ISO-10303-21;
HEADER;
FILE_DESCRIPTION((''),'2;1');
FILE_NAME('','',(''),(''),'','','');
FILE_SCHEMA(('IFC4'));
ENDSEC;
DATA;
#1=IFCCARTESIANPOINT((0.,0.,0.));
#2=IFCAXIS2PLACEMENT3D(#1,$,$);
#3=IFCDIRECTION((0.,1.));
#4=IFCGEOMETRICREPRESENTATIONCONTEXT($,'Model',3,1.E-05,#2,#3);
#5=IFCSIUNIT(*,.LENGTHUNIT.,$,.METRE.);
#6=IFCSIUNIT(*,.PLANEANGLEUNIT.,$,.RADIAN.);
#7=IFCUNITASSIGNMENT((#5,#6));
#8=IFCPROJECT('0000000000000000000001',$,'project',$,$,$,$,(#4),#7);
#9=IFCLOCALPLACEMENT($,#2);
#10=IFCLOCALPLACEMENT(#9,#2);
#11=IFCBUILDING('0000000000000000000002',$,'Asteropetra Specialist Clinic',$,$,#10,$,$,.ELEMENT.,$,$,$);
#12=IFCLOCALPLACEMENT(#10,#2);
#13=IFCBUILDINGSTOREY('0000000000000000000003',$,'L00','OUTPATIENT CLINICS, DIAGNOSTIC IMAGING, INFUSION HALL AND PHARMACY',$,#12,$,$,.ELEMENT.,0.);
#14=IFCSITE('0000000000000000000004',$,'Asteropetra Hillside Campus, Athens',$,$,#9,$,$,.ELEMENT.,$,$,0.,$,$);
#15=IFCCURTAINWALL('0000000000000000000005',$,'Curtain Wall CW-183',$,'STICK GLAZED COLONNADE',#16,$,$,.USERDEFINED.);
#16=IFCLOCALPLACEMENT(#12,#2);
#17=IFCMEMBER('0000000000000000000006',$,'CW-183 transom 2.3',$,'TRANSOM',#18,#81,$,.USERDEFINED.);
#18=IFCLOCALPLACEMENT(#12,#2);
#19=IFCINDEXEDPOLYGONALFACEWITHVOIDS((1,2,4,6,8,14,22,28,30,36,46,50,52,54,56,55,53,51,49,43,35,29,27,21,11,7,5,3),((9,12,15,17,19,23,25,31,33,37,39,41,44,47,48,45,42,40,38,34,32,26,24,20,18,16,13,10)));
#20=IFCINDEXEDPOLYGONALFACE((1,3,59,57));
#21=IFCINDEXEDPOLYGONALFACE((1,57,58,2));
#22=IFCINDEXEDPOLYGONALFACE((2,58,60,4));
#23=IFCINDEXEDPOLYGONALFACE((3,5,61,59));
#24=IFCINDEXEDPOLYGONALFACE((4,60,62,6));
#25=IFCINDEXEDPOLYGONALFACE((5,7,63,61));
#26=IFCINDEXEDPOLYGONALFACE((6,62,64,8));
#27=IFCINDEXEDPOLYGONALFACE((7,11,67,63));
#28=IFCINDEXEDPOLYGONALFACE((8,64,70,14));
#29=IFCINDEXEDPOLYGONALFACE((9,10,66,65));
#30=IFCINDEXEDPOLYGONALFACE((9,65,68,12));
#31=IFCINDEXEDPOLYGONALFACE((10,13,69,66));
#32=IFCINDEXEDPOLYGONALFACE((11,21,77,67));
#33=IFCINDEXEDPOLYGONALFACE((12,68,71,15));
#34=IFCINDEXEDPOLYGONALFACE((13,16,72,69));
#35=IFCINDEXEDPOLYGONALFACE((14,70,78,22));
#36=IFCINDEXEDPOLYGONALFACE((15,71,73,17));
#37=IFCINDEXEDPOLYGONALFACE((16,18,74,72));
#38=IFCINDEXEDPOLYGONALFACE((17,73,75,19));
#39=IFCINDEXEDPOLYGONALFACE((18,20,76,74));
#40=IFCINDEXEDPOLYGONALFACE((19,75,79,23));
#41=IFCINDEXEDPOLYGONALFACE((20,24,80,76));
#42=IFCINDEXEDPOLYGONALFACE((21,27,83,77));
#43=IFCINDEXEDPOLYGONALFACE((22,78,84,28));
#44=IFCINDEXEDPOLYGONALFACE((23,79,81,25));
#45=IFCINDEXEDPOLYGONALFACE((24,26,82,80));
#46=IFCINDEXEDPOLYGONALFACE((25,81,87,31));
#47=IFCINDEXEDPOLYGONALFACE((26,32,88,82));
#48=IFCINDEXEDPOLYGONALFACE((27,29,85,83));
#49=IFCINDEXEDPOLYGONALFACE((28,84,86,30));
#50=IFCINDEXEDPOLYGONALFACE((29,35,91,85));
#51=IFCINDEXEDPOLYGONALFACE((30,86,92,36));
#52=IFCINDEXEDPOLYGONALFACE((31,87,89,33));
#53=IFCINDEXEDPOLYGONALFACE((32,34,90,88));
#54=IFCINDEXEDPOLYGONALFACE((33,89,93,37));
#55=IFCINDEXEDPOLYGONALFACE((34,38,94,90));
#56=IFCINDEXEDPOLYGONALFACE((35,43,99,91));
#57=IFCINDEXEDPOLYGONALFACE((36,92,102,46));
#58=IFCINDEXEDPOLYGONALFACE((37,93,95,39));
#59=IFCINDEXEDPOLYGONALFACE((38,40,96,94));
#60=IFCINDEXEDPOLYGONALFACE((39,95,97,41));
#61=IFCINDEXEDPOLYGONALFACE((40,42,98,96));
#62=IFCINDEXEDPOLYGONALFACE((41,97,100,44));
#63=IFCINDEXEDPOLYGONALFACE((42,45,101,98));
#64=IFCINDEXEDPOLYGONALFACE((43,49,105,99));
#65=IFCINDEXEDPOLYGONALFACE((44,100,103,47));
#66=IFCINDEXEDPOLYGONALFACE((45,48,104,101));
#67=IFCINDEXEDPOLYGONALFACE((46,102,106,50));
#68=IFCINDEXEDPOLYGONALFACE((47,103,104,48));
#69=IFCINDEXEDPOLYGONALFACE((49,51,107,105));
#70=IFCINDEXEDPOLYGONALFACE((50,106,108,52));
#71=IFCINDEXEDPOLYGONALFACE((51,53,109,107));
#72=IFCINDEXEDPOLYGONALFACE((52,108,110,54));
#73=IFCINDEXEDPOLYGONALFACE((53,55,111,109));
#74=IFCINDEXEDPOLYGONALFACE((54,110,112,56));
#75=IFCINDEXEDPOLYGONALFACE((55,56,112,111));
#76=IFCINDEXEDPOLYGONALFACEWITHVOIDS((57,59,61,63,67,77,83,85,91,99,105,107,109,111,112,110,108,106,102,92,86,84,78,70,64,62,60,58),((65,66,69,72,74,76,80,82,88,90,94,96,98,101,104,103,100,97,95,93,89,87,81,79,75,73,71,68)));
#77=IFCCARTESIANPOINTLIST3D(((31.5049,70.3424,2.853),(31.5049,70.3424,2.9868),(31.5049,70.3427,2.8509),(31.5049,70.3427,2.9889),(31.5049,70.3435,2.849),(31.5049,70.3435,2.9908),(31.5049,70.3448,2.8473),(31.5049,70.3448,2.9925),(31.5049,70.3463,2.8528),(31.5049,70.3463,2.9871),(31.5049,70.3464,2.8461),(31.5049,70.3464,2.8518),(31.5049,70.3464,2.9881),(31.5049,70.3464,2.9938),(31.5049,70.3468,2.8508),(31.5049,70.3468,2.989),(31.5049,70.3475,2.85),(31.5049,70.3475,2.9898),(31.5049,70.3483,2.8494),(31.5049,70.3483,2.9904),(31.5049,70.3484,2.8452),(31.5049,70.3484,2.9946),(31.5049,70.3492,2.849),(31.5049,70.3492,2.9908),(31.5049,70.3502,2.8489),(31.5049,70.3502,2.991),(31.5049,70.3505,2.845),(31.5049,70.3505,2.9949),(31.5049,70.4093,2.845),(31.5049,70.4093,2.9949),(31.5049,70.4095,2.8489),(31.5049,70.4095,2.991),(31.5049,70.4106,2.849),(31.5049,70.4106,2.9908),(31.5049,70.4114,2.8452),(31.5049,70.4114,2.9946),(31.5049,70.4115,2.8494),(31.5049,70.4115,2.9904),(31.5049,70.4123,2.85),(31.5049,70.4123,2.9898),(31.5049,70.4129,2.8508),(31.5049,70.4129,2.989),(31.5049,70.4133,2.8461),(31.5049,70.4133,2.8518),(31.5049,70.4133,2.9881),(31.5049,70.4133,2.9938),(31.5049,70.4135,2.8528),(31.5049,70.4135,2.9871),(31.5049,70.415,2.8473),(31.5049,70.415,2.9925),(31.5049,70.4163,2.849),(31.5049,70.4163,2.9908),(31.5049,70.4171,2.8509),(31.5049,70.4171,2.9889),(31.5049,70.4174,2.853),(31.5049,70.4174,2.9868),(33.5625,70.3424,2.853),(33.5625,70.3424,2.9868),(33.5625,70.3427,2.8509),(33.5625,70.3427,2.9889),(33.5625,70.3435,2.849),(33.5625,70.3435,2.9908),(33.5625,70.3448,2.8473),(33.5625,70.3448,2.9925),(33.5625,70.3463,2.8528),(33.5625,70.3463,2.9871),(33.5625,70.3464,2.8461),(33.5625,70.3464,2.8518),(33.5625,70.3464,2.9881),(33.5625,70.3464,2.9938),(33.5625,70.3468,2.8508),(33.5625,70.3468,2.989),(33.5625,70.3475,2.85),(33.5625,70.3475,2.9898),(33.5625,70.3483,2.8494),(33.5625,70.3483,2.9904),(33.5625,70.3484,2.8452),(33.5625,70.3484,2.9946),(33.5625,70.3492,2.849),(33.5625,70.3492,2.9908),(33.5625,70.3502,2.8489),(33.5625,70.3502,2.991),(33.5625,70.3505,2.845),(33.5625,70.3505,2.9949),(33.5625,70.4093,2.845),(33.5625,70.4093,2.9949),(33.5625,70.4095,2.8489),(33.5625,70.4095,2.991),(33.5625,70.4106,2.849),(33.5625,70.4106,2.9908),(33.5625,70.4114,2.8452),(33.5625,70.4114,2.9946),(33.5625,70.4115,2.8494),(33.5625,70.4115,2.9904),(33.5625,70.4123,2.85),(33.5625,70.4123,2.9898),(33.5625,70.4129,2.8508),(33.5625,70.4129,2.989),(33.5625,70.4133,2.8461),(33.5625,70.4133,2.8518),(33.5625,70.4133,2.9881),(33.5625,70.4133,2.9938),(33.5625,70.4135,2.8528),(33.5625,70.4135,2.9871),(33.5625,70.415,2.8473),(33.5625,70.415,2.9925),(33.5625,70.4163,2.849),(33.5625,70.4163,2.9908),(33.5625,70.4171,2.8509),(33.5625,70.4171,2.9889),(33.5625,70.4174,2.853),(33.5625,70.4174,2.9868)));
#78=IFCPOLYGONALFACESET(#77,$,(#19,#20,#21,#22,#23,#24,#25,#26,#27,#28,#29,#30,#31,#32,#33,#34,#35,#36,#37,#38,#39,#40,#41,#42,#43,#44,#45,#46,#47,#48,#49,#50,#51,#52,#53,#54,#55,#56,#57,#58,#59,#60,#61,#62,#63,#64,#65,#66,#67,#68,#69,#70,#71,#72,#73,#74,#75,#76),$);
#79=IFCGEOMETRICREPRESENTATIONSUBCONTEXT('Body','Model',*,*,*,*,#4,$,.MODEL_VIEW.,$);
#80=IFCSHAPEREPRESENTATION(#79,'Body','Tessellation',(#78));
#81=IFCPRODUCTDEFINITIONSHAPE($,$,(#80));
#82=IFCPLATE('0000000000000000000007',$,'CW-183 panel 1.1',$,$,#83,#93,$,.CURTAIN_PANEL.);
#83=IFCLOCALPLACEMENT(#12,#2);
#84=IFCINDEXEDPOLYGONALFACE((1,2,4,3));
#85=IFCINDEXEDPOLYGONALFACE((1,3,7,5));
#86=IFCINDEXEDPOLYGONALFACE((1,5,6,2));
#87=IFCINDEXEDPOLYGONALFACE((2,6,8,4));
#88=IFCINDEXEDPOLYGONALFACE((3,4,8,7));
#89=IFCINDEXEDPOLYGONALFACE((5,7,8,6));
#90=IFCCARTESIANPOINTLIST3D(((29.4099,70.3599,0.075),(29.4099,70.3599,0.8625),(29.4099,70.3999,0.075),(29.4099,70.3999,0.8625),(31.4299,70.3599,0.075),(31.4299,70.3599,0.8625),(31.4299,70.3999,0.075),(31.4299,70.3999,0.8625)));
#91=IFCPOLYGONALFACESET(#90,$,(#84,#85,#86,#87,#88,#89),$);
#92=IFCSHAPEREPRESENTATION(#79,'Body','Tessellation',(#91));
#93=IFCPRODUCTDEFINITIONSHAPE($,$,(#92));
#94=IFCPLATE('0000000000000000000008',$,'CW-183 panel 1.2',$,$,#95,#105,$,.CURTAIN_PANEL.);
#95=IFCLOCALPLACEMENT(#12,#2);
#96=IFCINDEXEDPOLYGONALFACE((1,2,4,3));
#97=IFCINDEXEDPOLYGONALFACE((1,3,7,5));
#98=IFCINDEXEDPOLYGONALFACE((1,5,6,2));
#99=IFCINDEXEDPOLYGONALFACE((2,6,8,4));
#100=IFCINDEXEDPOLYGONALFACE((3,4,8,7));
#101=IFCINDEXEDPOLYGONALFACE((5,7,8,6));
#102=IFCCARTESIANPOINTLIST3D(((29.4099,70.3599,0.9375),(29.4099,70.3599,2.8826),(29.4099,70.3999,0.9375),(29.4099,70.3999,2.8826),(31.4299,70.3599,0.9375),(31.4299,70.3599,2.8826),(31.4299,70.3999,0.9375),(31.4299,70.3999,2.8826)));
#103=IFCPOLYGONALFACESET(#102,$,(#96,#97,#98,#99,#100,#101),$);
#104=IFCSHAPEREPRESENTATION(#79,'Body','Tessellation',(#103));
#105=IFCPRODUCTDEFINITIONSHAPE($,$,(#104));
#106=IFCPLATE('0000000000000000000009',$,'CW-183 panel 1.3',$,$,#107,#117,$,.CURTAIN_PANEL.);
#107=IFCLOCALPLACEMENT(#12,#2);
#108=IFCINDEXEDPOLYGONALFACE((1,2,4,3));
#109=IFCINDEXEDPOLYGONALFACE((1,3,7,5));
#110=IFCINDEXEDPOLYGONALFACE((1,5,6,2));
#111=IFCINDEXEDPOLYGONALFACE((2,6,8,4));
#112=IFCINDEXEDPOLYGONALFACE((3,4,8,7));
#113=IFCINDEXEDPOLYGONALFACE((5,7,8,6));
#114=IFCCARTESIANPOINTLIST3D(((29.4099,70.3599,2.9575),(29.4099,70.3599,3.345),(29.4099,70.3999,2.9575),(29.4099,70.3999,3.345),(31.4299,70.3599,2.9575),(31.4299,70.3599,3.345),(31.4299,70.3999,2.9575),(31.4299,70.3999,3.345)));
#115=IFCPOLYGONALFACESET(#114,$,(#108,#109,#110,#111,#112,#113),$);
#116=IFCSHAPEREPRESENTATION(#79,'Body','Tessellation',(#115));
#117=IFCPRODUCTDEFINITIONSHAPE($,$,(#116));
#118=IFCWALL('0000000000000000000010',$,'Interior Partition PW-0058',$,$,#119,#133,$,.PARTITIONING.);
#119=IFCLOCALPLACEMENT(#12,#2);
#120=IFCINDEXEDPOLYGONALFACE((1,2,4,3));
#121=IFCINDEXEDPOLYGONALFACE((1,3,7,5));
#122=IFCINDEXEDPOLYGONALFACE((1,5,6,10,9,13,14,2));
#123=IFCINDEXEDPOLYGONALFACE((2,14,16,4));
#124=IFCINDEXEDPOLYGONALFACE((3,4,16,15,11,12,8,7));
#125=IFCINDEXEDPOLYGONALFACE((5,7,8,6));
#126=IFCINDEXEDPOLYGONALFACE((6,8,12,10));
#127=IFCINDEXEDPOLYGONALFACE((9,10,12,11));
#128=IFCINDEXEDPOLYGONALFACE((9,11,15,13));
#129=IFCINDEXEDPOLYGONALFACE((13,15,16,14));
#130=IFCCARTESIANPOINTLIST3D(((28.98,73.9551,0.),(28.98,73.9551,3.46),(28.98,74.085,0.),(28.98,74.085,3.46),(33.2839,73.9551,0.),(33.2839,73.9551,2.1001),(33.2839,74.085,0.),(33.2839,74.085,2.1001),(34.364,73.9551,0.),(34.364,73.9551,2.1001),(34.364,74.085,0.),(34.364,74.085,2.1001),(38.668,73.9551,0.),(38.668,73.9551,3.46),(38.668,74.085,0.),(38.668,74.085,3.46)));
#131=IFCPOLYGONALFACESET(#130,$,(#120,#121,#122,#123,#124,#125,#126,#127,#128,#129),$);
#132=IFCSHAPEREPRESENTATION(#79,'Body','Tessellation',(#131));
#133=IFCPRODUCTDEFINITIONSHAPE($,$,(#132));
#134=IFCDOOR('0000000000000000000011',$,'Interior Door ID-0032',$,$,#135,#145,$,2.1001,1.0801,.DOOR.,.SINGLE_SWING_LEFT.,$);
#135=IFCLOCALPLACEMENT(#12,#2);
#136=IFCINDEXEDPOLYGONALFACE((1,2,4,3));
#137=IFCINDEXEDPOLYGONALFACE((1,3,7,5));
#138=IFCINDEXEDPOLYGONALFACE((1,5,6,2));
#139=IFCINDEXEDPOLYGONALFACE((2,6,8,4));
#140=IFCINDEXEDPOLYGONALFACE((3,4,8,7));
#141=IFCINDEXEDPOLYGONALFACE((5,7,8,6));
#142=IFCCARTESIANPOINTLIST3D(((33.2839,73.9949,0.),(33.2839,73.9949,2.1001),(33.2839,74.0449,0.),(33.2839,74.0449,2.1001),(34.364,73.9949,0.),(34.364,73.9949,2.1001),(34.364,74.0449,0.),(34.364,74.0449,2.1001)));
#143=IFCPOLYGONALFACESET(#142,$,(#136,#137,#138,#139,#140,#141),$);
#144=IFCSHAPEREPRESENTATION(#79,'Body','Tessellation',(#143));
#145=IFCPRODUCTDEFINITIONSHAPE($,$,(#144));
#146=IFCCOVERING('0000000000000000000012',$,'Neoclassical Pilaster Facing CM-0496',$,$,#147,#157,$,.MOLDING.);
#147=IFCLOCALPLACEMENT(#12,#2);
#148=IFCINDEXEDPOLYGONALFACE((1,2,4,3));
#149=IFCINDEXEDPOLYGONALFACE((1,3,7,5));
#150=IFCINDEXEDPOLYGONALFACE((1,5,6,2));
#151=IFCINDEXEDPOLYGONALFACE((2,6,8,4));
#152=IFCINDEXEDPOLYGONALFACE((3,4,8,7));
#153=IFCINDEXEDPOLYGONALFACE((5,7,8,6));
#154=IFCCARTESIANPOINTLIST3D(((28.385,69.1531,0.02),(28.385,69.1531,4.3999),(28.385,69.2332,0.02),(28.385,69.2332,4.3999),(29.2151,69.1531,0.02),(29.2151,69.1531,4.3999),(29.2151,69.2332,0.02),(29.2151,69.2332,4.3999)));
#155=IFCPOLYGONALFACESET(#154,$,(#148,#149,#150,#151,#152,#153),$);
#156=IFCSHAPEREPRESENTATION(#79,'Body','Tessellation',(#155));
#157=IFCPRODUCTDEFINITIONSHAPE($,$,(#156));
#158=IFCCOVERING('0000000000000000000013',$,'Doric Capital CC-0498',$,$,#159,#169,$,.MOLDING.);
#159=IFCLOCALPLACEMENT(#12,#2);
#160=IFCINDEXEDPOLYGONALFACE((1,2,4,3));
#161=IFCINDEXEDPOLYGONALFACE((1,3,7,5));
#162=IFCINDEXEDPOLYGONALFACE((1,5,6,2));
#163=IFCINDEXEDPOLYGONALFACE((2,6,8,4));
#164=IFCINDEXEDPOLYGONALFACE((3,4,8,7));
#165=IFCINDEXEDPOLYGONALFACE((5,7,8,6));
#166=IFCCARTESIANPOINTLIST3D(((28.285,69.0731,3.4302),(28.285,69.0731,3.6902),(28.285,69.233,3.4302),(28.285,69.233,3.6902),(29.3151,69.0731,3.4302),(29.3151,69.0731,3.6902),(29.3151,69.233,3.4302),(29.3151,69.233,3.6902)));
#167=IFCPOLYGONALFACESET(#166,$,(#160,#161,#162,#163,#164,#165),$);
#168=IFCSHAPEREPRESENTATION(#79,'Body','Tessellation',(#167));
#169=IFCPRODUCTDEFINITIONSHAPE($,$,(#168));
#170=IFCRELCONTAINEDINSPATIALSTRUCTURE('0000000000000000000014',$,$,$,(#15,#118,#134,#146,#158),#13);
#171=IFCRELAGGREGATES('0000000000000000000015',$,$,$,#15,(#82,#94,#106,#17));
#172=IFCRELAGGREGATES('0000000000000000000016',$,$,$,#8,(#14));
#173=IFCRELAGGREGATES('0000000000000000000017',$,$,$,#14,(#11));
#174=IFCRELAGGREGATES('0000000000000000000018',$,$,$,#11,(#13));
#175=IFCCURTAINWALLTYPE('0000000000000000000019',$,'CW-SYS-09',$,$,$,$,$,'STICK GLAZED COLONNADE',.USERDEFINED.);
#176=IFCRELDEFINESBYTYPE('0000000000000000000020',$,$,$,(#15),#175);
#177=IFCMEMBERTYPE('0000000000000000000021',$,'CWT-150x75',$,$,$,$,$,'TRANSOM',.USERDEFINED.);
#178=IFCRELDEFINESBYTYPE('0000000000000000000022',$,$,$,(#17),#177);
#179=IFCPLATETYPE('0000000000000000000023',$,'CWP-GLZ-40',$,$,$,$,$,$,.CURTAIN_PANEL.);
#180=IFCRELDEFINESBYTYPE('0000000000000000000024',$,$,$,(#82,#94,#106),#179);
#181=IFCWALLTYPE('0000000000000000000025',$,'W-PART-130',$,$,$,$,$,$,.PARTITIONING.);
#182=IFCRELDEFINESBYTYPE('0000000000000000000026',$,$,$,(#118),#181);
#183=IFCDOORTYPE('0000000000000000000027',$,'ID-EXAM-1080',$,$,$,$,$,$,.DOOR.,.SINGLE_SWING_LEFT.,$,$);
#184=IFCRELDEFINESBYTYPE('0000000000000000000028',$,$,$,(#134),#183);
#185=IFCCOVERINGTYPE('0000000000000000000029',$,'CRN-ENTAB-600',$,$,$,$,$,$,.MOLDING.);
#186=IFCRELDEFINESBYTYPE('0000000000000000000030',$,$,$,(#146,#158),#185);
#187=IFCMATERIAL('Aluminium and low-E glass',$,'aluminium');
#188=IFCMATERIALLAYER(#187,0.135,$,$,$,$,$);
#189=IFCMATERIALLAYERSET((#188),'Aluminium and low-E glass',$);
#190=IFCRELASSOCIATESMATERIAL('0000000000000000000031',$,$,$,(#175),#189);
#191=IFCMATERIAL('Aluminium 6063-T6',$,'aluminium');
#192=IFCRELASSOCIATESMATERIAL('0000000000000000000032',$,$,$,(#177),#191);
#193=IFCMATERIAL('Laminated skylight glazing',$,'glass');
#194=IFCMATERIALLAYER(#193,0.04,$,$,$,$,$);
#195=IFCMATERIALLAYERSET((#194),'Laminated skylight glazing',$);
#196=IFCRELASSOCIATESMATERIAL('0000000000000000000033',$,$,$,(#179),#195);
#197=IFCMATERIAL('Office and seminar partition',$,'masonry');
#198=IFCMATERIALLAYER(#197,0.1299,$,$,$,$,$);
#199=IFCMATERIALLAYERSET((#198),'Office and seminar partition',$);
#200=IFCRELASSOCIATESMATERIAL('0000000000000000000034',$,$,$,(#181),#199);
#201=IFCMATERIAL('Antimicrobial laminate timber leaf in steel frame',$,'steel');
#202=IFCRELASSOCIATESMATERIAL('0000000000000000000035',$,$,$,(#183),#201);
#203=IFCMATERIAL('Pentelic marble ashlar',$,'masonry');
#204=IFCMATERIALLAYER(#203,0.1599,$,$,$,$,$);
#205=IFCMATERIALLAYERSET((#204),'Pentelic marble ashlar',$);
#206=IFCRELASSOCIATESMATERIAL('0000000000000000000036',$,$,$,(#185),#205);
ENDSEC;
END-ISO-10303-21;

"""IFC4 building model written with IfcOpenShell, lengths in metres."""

from ifc_helpers import new_model, si_unit, direction, frame, frame_2d, origin, origin_2d, place, context, subcontext, project, spatial, rectangle, hollow_rectangle, extrude, material, layer, layer_set, material_profile, profile_set, type_object, element, fill, aggregate, save


model = new_model("IFC4")

# Units and contexts
model_context = context("Model", 3, precision=1e-05, world=origin(), true_north=direction((0.0, 1.0)))
body_context = subcontext(model_context, "Body", "Model", "MODEL_VIEW")
ifc_project = project(units=[si_unit("LENGTHUNIT", "METRE"), si_unit("PLANEANGLEUNIT", "RADIAN")], contexts=[model_context])

# Site, building, storey
site_placement = place(None, origin())
site = spatial("IfcSite", under=ifc_project, at=site_placement, Name="Asteropetra Hillside Campus, Athens", CompositionType="ELEMENT", RefElevation=0.0)
building_placement = place(site_placement, origin())
building = spatial("IfcBuilding", under=site, at=building_placement, Name="Asteropetra Specialist Clinic", CompositionType="ELEMENT")
storey_placement = place(building_placement, origin())
storey = spatial("IfcBuildingStorey", under=building, at=storey_placement, Name="L00", Description="OUTPATIENT CLINICS, DIAGNOSTIC IMAGING, INFUSION HALL AND PHARMACY", CompositionType="ELEMENT", Elevation=0.0)

# Curtain wall, member, plates
ifc_material_1 = material(Name="Aluminium and low-E glass", Category="aluminium")
ifc_layer_1 = layer(ifc_material_1, 0.135)
ifc_layer_set_1 = layer_set([ifc_layer_1], Name="Aluminium and low-E glass")
curtain_wall_type = type_object("IfcCurtainWallType", Name="CW-SYS-09", ElementType="STICK GLAZED COLONNADE", PredefinedType="USERDEFINED", material=ifc_layer_set_1)
curtain_wall_placement = place(storey_placement, origin())
curtain_wall = element("IfcCurtainWall", 1, at=curtain_wall_placement, inside=storey, type_object=curtain_wall_type, Name="Curtain Wall CW-183", ObjectType="STICK GLAZED COLONNADE", PredefinedType="USERDEFINED")
ifc_material_2 = material(Name="Aluminium 6063-T6", Category="aluminium")
ifc_material_profile_1 = material_profile(ifc_material_2, hollow_rectangle(XDim=0.075, YDim=0.1499, WallThickness=0.0039, InnerFilletRadius=0.0039, OuterFilletRadius=0.0081, at=origin_2d()), Name="TRN 150x75x4.0")
ifc_profile_set_1 = profile_set([ifc_material_profile_1], Name="Aluminium 6063-T6")
member_type_1 = type_object("IfcMemberType", Name="CWT-150x75", ElementType="TRANSOM", PredefinedType="USERDEFINED", material=ifc_profile_set_1)
member_1_placement = place(storey_placement, frame((31.5049, 70.3799, 2.9199), z_axis=(1.0, 0.0, 0.0), x_axis=(0.0, 1.0, 0.0)))
member_1 = element("IfcMember", 2, at=member_1_placement, type_object=member_type_1, Name="CW-183 transom 2.3", ObjectType="TRANSOM", PredefinedType="USERDEFINED", context=body_context, shape_type="SweptSolid", body=[
    extrude(hollow_rectangle(XDim=0.075, YDim=0.1499, WallThickness=0.0039, InnerFilletRadius=0.0039, OuterFilletRadius=0.0081, at=origin_2d()), origin(), (0.0, 0.0, 1.0), 2.0576),
])
ifc_material_3 = material(Name="Laminated skylight glazing", Category="glass")
ifc_layer_2 = layer(ifc_material_3, 0.04)
ifc_layer_set_2 = layer_set([ifc_layer_2], Name="Laminated skylight glazing")
plate_type = type_object("IfcPlateType", Name="CWP-GLZ-40", PredefinedType="CURTAIN_PANEL", material=ifc_layer_set_2)
plate_1_placement = place(storey_placement, frame((30.4199, 70.3799, 0.075), z_axis=(0.0, 0.0, 1.0), x_axis=(1.0, 0.0, 0.0)))
plate_1 = element("IfcPlate", 3, at=plate_1_placement, type_object=plate_type, Name="CW-183 panel 1.1", PredefinedType="CURTAIN_PANEL", context=body_context, shape_type="SweptSolid", body=[
    extrude(rectangle(XDim=2.02, YDim=0.04, at=origin_2d()), origin(), (0.0, 0.0, 1.0), 0.7876),
])
plate_2_placement = place(storey_placement, frame((30.4199, 70.3799, 0.9375), z_axis=(0.0, 0.0, 1.0), x_axis=(1.0, 0.0, 0.0)))
plate_2 = element("IfcPlate", 4, at=plate_2_placement, type_object=plate_type, Name="CW-183 panel 1.2", PredefinedType="CURTAIN_PANEL", context=body_context, shape_type="SweptSolid", body=[
    extrude(rectangle(XDim=2.02, YDim=0.04, at=origin_2d()), origin(), (0.0, 0.0, 1.0), 1.9451),
])
plate_3_placement = place(storey_placement, frame((30.4199, 70.3799, 2.9575), z_axis=(0.0, 0.0, 1.0), x_axis=(1.0, 0.0, 0.0)))
plate_3 = element("IfcPlate", 5, at=plate_3_placement, type_object=plate_type, Name="CW-183 panel 1.3", PredefinedType="CURTAIN_PANEL", context=body_context, shape_type="SweptSolid", body=[
    extrude(rectangle(XDim=2.02, YDim=0.04, at=origin_2d()), origin(), (0.0, 0.0, 1.0), 0.3875),
])
aggregate(curtain_wall, [plate_1, plate_2, plate_3, member_1])

# Wall, opening, door
ifc_material_4 = material(Name="Office and seminar partition", Category="masonry")
ifc_layer_3 = layer(ifc_material_4, 0.1299)
ifc_layer_set_3 = layer_set([ifc_layer_3], Name="Office and seminar partition")
wall_type = type_object("IfcWallType", Name="W-PART-130", PredefinedType="PARTITIONING", material=ifc_layer_set_3)
wall_placement = place(storey_placement, frame((28.98, 74.02, 0.0), z_axis=(0.0, 0.0, 1.0), x_axis=(1.0, 0.0, 0.0)))
wall = element("IfcWall", 6, at=wall_placement, inside=storey, type_object=wall_type, Name="Interior Partition PW-0058", PredefinedType="PARTITIONING", context=body_context, shape_type="SweptSolid", body=[
    extrude(rectangle(XDim=9.688, YDim=0.1299, at=frame_2d((4.844, 0.0))), origin(), (0.0, 0.0, 1.0), 3.46),
])
opening_placement = place(wall_placement, frame((4.304, 0.0, 0.0)))
opening = element("IfcOpeningElement", 7, at=opening_placement, cuts=wall, PredefinedType="OPENING", context=body_context, shape_type="SweptSolid", body=[
    extrude(rectangle(XDim=1.0801, YDim=2.1001, at=frame_2d((0.54, 1.05))), frame((0.0, 0.075, 0.0), z_axis=(0.0, -1.0, 0.0), x_axis=(1.0, 0.0, 0.0)), (0.0, 0.0, 1.0), 0.1499),
])
ifc_material_5 = material(Name="Antimicrobial laminate timber leaf in steel frame", Category="steel")
door_type = type_object("IfcDoorType", Name="ID-EXAM-1080", OperationType="SINGLE_SWING_LEFT", PredefinedType="DOOR", material=ifc_material_5)
door_placement = place(opening_placement, origin())
door = element("IfcDoor", 8, at=door_placement, inside=storey, type_object=door_type, Name="Interior Door ID-0032", OperationType="SINGLE_SWING_LEFT", OverallHeight=2.1001, OverallWidth=1.0801, PredefinedType="DOOR", context=body_context, shape_type="SweptSolid", body=[
    extrude(rectangle(XDim=1.0801, YDim=2.1001, at=frame_2d((0.54, 1.05))), frame((0.0, 0.0249, 0.0), z_axis=(0.0, -1.0, 0.0), x_axis=(1.0, 0.0, 0.0)), (0.0, 0.0, 1.0), 0.05),
])
fill(opening, door)

# Coverings
ifc_material_6 = material(Name="Pentelic marble ashlar", Category="masonry")
ifc_layer_4 = layer(ifc_material_6, 0.1599)
ifc_layer_set_4 = layer_set([ifc_layer_4], Name="Pentelic marble ashlar")
covering_type = type_object("IfcCoveringType", Name="CRN-ENTAB-600", PredefinedType="MOLDING", material=ifc_layer_set_4)
covering_1_placement = place(storey_placement, frame((28.8, 69.1931, 0.02), z_axis=(0.0, 0.0, 1.0), x_axis=(1.0, 0.0, 0.0)))
element("IfcCovering", 9, at=covering_1_placement, inside=storey, type_object=covering_type, Name="Neoclassical Pilaster Facing CM-0496", PredefinedType="MOLDING", context=body_context, shape_type="SweptSolid", body=[
    extrude(rectangle(XDim=0.8301, YDim=0.0801, at=origin_2d()), origin(), (0.0, 0.0, 1.0), 4.3799),
])
covering_2_placement = place(storey_placement, frame((28.8, 69.1531, 3.4302), z_axis=(0.0, 0.0, 1.0), x_axis=(1.0, 0.0, 0.0)))
element("IfcCovering", 10, at=covering_2_placement, inside=storey, type_object=covering_type, Name="Doric Capital CC-0498", PredefinedType="MOLDING", context=body_context, shape_type="SweptSolid", body=[
    extrude(rectangle(XDim=1.03, YDim=0.1599, at=origin_2d()), origin(), (0.0, 0.0, 1.0), 0.26),
])

save(model, "model.ifc")
